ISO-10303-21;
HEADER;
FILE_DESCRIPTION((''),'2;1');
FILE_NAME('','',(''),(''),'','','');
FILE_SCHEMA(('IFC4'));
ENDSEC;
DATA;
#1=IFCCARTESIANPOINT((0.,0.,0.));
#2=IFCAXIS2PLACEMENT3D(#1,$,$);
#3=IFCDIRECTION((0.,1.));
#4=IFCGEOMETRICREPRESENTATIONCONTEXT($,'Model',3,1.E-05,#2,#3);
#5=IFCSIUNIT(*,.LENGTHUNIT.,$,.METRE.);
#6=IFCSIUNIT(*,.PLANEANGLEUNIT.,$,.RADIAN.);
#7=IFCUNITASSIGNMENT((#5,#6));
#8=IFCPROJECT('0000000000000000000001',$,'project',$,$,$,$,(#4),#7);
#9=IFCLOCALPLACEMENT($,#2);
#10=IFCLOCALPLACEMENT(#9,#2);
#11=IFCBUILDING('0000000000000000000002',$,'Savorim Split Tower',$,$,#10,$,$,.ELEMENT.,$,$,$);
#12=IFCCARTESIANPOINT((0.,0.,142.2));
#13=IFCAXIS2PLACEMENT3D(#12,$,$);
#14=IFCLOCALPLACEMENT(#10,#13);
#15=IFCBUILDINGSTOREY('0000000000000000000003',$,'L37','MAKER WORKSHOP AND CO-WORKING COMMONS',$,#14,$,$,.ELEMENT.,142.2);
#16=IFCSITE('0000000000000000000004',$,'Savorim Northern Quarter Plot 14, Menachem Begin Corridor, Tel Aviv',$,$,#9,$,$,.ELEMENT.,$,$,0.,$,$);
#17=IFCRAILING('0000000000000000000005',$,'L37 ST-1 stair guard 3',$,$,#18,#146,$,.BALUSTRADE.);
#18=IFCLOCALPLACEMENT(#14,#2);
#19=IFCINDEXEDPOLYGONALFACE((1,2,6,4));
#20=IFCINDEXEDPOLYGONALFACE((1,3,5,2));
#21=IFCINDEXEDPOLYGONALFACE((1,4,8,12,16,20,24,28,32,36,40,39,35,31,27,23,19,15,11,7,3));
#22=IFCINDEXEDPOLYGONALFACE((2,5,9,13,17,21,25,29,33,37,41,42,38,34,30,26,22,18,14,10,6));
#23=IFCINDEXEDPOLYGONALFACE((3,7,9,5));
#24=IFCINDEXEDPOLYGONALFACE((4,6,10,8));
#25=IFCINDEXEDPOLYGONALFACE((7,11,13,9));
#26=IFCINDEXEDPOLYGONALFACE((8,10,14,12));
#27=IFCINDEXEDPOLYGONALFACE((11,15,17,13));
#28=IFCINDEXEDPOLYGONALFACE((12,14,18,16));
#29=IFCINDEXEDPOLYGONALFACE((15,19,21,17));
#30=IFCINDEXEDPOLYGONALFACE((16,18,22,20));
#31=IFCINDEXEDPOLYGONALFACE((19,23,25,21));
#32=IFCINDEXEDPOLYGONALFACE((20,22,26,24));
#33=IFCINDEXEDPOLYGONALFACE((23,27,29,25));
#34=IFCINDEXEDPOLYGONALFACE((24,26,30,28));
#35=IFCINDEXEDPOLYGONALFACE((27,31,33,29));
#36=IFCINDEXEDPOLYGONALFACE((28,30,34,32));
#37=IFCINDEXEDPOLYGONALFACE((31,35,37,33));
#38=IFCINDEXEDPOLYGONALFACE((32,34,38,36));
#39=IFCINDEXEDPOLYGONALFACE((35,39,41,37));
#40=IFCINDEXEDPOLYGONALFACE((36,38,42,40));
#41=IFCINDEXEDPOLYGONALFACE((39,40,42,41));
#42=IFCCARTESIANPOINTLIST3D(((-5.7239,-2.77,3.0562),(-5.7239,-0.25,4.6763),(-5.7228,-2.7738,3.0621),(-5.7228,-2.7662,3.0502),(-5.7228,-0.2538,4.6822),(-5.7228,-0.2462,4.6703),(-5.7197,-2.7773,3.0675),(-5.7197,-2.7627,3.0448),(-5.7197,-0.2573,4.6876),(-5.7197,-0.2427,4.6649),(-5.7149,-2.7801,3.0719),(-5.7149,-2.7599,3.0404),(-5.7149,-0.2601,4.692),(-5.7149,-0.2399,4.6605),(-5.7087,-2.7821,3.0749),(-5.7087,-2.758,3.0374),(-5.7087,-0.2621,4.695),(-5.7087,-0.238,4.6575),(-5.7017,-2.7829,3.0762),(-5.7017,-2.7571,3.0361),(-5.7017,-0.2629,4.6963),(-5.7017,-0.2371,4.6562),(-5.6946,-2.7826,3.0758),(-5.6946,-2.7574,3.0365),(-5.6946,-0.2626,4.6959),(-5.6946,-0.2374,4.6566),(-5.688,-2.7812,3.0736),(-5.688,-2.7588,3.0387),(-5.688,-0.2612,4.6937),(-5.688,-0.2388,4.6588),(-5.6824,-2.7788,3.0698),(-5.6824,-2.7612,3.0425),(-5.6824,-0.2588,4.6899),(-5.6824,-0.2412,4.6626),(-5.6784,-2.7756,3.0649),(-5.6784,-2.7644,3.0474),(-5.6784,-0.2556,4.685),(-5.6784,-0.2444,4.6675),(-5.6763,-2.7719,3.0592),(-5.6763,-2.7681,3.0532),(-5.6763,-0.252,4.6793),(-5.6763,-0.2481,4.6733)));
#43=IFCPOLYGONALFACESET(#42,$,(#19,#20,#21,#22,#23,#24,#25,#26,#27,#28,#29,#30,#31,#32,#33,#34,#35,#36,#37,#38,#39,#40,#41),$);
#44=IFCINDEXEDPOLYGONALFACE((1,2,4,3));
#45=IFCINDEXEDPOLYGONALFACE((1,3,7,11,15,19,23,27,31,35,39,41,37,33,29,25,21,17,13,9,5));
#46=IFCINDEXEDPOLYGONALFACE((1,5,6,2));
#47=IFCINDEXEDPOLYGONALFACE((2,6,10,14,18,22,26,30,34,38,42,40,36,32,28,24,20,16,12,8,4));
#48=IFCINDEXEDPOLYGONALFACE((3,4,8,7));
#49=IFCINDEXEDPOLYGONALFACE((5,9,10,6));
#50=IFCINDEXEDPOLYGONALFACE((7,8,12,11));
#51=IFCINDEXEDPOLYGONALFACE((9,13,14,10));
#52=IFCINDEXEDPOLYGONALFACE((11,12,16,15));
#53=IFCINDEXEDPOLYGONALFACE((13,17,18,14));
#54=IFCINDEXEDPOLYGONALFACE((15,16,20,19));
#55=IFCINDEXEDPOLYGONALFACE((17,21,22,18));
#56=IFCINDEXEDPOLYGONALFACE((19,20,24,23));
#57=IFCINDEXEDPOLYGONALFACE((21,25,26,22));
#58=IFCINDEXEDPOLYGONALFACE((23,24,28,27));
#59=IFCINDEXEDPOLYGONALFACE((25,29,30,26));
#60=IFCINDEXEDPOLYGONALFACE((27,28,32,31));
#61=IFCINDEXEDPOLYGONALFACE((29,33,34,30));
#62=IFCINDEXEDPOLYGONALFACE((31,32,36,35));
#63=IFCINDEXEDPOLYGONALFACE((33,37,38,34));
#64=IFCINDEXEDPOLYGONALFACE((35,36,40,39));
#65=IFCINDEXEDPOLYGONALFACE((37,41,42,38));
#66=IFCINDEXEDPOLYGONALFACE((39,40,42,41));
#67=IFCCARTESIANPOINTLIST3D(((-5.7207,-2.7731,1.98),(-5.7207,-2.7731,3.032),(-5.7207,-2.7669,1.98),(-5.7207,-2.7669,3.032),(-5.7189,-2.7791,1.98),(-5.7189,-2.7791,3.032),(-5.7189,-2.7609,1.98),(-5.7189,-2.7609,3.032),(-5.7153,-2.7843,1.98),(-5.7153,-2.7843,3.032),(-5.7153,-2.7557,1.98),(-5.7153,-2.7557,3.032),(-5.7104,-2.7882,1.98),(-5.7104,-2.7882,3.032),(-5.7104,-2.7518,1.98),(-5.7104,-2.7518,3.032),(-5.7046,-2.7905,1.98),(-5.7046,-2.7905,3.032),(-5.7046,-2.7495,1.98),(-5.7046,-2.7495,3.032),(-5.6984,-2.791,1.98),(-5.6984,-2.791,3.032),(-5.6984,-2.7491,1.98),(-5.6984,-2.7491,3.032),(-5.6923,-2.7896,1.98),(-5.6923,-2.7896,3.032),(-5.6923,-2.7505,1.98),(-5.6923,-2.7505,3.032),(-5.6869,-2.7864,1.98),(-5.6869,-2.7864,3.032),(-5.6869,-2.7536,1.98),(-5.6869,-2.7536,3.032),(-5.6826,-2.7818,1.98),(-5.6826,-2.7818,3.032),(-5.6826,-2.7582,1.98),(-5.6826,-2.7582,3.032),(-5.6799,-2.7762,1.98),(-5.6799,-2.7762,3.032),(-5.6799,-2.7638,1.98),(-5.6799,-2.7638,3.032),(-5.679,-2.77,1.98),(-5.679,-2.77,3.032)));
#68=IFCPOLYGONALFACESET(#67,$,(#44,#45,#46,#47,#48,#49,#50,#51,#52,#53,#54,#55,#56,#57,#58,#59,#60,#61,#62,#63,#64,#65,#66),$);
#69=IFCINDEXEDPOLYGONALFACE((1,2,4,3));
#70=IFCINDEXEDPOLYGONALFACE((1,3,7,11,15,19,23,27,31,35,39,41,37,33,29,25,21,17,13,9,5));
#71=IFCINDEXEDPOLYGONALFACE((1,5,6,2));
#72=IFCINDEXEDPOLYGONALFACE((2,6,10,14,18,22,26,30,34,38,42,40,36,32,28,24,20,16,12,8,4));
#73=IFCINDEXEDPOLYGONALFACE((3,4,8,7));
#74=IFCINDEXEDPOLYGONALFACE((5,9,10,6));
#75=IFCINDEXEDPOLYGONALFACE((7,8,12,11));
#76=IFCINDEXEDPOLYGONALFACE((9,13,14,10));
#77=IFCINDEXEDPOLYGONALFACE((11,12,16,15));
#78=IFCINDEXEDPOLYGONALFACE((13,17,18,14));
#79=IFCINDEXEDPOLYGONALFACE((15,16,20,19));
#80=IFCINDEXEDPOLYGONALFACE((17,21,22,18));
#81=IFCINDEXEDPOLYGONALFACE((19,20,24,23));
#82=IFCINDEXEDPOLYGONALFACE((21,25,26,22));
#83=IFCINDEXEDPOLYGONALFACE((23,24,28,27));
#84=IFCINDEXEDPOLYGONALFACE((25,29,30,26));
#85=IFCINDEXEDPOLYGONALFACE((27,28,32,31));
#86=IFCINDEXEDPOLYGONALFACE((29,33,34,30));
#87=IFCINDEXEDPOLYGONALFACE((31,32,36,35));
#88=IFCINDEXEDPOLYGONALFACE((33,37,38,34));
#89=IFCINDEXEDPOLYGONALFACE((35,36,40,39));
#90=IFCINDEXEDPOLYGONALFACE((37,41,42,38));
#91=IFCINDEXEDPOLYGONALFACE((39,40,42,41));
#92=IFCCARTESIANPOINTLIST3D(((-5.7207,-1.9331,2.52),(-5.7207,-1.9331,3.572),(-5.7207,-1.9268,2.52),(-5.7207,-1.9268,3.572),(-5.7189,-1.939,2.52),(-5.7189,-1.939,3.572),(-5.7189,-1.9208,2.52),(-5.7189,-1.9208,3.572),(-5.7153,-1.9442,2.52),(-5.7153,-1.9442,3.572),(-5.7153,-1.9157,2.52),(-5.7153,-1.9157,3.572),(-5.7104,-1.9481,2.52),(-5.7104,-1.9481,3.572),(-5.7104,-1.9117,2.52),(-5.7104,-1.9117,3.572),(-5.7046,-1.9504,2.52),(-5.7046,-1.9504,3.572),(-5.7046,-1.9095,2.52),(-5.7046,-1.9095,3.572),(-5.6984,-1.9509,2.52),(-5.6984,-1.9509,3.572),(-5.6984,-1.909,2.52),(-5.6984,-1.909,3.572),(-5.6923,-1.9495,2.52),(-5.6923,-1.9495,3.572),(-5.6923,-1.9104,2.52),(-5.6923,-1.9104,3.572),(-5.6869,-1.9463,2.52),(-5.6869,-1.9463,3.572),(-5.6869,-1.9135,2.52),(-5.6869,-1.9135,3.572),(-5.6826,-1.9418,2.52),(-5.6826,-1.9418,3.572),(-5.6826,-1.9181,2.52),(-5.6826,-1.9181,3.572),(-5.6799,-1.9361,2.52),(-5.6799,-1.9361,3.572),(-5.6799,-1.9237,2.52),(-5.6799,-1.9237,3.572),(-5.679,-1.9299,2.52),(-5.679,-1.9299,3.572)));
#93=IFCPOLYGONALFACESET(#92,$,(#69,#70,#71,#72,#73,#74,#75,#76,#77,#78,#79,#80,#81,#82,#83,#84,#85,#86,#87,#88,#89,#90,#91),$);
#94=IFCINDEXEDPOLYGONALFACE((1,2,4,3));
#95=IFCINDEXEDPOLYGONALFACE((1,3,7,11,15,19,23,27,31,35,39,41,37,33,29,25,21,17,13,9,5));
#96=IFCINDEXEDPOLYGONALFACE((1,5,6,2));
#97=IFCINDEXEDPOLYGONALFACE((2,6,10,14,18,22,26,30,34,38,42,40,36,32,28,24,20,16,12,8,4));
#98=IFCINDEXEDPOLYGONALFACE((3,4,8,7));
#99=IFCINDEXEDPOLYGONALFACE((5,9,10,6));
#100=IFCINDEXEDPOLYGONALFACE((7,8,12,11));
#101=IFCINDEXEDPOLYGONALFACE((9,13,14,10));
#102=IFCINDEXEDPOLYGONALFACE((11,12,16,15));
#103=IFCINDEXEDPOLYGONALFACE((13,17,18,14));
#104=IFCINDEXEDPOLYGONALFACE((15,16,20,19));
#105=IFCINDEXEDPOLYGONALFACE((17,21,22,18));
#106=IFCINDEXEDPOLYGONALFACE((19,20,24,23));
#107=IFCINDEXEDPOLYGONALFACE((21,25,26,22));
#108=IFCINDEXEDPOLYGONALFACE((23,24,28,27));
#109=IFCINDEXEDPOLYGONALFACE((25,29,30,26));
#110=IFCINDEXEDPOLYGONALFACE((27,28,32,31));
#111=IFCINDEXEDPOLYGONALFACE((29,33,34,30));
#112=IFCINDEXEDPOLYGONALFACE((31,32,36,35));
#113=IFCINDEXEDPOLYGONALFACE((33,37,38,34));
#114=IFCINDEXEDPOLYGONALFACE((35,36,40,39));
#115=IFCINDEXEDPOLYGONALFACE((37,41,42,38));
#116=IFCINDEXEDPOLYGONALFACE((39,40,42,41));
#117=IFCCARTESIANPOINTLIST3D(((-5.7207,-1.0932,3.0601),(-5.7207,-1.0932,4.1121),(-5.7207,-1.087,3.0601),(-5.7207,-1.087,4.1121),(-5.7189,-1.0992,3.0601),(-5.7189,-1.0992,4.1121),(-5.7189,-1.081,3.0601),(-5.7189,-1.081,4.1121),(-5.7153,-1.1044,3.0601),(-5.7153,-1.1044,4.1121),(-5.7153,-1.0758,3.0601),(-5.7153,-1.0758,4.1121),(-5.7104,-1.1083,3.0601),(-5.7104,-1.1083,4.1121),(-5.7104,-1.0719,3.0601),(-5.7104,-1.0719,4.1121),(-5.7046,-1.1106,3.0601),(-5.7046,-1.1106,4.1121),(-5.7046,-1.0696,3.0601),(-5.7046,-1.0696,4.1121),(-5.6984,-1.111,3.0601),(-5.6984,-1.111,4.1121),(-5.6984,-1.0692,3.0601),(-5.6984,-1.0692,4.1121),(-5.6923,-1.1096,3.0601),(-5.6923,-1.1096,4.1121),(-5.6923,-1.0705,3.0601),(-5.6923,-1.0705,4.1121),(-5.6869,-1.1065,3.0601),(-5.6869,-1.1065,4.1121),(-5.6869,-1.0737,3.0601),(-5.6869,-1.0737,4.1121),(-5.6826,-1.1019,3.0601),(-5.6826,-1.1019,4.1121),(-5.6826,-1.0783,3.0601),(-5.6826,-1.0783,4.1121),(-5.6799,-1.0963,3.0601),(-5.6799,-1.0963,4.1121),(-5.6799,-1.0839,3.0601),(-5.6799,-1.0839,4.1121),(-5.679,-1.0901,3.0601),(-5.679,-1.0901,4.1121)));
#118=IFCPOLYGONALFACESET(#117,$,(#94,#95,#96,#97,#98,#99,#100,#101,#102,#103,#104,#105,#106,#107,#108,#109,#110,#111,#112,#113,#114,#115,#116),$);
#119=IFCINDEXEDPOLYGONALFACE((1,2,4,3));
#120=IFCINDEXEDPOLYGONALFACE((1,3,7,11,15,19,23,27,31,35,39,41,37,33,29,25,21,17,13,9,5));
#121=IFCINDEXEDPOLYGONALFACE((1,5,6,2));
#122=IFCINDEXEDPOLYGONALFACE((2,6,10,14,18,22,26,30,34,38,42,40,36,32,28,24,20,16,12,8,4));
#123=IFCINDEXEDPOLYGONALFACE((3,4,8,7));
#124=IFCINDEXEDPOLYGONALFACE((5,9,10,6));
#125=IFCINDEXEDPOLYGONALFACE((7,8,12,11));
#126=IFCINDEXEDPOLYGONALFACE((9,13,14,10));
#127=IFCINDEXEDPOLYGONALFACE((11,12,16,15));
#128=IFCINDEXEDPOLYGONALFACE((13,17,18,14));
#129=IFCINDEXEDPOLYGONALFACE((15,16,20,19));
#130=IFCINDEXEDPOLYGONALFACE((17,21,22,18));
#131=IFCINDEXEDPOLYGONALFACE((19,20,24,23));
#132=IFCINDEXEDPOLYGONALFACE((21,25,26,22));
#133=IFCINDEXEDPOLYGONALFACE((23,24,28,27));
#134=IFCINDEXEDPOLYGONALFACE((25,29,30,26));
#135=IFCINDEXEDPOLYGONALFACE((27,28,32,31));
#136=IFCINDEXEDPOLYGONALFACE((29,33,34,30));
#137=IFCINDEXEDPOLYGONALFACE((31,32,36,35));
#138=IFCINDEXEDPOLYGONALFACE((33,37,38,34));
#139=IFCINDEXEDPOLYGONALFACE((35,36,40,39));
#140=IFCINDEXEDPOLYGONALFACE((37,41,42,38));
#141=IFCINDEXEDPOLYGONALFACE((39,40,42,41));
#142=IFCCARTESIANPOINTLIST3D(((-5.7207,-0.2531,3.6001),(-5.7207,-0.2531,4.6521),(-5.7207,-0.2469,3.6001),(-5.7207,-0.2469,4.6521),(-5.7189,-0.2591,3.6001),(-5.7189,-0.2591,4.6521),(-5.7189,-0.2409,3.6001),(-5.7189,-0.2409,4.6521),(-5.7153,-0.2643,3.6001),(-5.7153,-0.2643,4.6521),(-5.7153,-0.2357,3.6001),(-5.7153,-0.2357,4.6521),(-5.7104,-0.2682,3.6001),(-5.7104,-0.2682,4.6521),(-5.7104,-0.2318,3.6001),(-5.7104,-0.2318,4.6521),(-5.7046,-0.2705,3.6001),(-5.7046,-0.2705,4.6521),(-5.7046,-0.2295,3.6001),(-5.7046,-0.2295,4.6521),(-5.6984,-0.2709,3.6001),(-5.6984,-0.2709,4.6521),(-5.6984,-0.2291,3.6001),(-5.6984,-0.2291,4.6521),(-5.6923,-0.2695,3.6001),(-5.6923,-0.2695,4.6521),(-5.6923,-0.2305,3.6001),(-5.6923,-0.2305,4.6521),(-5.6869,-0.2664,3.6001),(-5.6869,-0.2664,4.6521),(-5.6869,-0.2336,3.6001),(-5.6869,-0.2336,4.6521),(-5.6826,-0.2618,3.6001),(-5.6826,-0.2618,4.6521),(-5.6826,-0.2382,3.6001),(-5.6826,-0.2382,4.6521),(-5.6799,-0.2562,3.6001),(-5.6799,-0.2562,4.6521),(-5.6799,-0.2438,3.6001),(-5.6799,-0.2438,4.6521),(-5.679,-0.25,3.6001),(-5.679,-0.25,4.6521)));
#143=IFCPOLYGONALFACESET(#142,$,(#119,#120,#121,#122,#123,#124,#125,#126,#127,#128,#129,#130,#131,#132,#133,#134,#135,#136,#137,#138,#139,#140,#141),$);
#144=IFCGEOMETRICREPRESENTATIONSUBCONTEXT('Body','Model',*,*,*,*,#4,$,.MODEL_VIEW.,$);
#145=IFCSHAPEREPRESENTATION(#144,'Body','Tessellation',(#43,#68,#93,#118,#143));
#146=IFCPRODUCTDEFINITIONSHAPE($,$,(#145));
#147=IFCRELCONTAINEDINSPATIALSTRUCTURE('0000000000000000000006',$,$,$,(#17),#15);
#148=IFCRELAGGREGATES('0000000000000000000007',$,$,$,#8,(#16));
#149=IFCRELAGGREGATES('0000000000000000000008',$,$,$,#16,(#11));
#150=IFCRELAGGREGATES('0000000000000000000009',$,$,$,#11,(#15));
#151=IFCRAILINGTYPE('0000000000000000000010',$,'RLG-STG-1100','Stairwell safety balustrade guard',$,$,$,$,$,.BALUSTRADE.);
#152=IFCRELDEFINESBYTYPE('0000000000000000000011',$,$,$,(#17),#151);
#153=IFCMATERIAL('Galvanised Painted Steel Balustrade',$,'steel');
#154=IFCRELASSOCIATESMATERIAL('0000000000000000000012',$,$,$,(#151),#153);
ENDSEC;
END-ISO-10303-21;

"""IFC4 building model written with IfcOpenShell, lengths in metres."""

from ifc_helpers import new_model, si_unit, direction, frame, origin, origin_2d, place, context, subcontext, project, spatial, circle, extrude, material, type_object, element, save


model = new_model("IFC4")

# Units and contexts
model_context = context("Model", 3, precision=1e-05, world=origin(), true_north=direction((0.0, 1.0)))
body_context = subcontext(model_context, "Body", "Model", "MODEL_VIEW")
ifc_project = project(units=[si_unit("LENGTHUNIT", "METRE"), si_unit("PLANEANGLEUNIT", "RADIAN")], contexts=[model_context])

# Site, building, storey
site_placement = place(None, origin())
site = spatial("IfcSite", under=ifc_project, at=site_placement, Name="Savorim Northern Quarter Plot 14, Menachem Begin Corridor, Tel Aviv", CompositionType="ELEMENT", RefElevation=0.0)
building_placement = place(site_placement, origin())
building = spatial("IfcBuilding", under=site, at=building_placement, Name="Savorim Split Tower", CompositionType="ELEMENT")
storey_placement = place(building_placement, frame((0.0, 0.0, 142.2)))
storey = spatial("IfcBuildingStorey", under=building, at=storey_placement, Name="L37", Description="MAKER WORKSHOP AND CO-WORKING COMMONS", CompositionType="ELEMENT", Elevation=142.2)

# Railing
ifc_material_1 = material(Name="Galvanised Painted Steel Balustrade", Category="steel")
railing_type_1 = type_object("IfcRailingType", Name="RLG-STG-1100", Description="Stairwell safety balustrade guard", PredefinedType="BALUSTRADE", material=ifc_material_1)
railing_1_placement = place(storey_placement, frame((-5.7, -2.77, 1.98)))
element("IfcRailing", 1, at=railing_1_placement, inside=storey, type_object=railing_type_1, Name="L37 ST-1 stair guard 3", PredefinedType="BALUSTRADE", context=body_context, shape_type="SweptSolid", body=[
    extrude(circle(Radius=0.0239, at=origin_2d()), frame((0.0, 0.0, 1.0762), z_axis=(0.0, 0.841163, 0.540782), x_axis=(-1.0, 0.0, 0.0)), (0.0, 0.0, 1.0), 2.9958),
    extrude(circle(Radius=0.021, at=origin_2d()), origin(), (0.0, 0.0, 1.0), 1.052),
    extrude(circle(Radius=0.021, at=origin_2d()), frame((0.0, 0.8401, 0.54)), (0.0, 0.0, 1.0), 1.052),
    extrude(circle(Radius=0.021, at=origin_2d()), frame((0.0, 1.6799, 1.0801)), (0.0, 0.0, 1.0), 1.052),
    extrude(circle(Radius=0.021, at=origin_2d()), frame((0.0, 2.52, 1.6201)), (0.0, 0.0, 1.0), 1.052),
])

save(model, "model.ifc")
